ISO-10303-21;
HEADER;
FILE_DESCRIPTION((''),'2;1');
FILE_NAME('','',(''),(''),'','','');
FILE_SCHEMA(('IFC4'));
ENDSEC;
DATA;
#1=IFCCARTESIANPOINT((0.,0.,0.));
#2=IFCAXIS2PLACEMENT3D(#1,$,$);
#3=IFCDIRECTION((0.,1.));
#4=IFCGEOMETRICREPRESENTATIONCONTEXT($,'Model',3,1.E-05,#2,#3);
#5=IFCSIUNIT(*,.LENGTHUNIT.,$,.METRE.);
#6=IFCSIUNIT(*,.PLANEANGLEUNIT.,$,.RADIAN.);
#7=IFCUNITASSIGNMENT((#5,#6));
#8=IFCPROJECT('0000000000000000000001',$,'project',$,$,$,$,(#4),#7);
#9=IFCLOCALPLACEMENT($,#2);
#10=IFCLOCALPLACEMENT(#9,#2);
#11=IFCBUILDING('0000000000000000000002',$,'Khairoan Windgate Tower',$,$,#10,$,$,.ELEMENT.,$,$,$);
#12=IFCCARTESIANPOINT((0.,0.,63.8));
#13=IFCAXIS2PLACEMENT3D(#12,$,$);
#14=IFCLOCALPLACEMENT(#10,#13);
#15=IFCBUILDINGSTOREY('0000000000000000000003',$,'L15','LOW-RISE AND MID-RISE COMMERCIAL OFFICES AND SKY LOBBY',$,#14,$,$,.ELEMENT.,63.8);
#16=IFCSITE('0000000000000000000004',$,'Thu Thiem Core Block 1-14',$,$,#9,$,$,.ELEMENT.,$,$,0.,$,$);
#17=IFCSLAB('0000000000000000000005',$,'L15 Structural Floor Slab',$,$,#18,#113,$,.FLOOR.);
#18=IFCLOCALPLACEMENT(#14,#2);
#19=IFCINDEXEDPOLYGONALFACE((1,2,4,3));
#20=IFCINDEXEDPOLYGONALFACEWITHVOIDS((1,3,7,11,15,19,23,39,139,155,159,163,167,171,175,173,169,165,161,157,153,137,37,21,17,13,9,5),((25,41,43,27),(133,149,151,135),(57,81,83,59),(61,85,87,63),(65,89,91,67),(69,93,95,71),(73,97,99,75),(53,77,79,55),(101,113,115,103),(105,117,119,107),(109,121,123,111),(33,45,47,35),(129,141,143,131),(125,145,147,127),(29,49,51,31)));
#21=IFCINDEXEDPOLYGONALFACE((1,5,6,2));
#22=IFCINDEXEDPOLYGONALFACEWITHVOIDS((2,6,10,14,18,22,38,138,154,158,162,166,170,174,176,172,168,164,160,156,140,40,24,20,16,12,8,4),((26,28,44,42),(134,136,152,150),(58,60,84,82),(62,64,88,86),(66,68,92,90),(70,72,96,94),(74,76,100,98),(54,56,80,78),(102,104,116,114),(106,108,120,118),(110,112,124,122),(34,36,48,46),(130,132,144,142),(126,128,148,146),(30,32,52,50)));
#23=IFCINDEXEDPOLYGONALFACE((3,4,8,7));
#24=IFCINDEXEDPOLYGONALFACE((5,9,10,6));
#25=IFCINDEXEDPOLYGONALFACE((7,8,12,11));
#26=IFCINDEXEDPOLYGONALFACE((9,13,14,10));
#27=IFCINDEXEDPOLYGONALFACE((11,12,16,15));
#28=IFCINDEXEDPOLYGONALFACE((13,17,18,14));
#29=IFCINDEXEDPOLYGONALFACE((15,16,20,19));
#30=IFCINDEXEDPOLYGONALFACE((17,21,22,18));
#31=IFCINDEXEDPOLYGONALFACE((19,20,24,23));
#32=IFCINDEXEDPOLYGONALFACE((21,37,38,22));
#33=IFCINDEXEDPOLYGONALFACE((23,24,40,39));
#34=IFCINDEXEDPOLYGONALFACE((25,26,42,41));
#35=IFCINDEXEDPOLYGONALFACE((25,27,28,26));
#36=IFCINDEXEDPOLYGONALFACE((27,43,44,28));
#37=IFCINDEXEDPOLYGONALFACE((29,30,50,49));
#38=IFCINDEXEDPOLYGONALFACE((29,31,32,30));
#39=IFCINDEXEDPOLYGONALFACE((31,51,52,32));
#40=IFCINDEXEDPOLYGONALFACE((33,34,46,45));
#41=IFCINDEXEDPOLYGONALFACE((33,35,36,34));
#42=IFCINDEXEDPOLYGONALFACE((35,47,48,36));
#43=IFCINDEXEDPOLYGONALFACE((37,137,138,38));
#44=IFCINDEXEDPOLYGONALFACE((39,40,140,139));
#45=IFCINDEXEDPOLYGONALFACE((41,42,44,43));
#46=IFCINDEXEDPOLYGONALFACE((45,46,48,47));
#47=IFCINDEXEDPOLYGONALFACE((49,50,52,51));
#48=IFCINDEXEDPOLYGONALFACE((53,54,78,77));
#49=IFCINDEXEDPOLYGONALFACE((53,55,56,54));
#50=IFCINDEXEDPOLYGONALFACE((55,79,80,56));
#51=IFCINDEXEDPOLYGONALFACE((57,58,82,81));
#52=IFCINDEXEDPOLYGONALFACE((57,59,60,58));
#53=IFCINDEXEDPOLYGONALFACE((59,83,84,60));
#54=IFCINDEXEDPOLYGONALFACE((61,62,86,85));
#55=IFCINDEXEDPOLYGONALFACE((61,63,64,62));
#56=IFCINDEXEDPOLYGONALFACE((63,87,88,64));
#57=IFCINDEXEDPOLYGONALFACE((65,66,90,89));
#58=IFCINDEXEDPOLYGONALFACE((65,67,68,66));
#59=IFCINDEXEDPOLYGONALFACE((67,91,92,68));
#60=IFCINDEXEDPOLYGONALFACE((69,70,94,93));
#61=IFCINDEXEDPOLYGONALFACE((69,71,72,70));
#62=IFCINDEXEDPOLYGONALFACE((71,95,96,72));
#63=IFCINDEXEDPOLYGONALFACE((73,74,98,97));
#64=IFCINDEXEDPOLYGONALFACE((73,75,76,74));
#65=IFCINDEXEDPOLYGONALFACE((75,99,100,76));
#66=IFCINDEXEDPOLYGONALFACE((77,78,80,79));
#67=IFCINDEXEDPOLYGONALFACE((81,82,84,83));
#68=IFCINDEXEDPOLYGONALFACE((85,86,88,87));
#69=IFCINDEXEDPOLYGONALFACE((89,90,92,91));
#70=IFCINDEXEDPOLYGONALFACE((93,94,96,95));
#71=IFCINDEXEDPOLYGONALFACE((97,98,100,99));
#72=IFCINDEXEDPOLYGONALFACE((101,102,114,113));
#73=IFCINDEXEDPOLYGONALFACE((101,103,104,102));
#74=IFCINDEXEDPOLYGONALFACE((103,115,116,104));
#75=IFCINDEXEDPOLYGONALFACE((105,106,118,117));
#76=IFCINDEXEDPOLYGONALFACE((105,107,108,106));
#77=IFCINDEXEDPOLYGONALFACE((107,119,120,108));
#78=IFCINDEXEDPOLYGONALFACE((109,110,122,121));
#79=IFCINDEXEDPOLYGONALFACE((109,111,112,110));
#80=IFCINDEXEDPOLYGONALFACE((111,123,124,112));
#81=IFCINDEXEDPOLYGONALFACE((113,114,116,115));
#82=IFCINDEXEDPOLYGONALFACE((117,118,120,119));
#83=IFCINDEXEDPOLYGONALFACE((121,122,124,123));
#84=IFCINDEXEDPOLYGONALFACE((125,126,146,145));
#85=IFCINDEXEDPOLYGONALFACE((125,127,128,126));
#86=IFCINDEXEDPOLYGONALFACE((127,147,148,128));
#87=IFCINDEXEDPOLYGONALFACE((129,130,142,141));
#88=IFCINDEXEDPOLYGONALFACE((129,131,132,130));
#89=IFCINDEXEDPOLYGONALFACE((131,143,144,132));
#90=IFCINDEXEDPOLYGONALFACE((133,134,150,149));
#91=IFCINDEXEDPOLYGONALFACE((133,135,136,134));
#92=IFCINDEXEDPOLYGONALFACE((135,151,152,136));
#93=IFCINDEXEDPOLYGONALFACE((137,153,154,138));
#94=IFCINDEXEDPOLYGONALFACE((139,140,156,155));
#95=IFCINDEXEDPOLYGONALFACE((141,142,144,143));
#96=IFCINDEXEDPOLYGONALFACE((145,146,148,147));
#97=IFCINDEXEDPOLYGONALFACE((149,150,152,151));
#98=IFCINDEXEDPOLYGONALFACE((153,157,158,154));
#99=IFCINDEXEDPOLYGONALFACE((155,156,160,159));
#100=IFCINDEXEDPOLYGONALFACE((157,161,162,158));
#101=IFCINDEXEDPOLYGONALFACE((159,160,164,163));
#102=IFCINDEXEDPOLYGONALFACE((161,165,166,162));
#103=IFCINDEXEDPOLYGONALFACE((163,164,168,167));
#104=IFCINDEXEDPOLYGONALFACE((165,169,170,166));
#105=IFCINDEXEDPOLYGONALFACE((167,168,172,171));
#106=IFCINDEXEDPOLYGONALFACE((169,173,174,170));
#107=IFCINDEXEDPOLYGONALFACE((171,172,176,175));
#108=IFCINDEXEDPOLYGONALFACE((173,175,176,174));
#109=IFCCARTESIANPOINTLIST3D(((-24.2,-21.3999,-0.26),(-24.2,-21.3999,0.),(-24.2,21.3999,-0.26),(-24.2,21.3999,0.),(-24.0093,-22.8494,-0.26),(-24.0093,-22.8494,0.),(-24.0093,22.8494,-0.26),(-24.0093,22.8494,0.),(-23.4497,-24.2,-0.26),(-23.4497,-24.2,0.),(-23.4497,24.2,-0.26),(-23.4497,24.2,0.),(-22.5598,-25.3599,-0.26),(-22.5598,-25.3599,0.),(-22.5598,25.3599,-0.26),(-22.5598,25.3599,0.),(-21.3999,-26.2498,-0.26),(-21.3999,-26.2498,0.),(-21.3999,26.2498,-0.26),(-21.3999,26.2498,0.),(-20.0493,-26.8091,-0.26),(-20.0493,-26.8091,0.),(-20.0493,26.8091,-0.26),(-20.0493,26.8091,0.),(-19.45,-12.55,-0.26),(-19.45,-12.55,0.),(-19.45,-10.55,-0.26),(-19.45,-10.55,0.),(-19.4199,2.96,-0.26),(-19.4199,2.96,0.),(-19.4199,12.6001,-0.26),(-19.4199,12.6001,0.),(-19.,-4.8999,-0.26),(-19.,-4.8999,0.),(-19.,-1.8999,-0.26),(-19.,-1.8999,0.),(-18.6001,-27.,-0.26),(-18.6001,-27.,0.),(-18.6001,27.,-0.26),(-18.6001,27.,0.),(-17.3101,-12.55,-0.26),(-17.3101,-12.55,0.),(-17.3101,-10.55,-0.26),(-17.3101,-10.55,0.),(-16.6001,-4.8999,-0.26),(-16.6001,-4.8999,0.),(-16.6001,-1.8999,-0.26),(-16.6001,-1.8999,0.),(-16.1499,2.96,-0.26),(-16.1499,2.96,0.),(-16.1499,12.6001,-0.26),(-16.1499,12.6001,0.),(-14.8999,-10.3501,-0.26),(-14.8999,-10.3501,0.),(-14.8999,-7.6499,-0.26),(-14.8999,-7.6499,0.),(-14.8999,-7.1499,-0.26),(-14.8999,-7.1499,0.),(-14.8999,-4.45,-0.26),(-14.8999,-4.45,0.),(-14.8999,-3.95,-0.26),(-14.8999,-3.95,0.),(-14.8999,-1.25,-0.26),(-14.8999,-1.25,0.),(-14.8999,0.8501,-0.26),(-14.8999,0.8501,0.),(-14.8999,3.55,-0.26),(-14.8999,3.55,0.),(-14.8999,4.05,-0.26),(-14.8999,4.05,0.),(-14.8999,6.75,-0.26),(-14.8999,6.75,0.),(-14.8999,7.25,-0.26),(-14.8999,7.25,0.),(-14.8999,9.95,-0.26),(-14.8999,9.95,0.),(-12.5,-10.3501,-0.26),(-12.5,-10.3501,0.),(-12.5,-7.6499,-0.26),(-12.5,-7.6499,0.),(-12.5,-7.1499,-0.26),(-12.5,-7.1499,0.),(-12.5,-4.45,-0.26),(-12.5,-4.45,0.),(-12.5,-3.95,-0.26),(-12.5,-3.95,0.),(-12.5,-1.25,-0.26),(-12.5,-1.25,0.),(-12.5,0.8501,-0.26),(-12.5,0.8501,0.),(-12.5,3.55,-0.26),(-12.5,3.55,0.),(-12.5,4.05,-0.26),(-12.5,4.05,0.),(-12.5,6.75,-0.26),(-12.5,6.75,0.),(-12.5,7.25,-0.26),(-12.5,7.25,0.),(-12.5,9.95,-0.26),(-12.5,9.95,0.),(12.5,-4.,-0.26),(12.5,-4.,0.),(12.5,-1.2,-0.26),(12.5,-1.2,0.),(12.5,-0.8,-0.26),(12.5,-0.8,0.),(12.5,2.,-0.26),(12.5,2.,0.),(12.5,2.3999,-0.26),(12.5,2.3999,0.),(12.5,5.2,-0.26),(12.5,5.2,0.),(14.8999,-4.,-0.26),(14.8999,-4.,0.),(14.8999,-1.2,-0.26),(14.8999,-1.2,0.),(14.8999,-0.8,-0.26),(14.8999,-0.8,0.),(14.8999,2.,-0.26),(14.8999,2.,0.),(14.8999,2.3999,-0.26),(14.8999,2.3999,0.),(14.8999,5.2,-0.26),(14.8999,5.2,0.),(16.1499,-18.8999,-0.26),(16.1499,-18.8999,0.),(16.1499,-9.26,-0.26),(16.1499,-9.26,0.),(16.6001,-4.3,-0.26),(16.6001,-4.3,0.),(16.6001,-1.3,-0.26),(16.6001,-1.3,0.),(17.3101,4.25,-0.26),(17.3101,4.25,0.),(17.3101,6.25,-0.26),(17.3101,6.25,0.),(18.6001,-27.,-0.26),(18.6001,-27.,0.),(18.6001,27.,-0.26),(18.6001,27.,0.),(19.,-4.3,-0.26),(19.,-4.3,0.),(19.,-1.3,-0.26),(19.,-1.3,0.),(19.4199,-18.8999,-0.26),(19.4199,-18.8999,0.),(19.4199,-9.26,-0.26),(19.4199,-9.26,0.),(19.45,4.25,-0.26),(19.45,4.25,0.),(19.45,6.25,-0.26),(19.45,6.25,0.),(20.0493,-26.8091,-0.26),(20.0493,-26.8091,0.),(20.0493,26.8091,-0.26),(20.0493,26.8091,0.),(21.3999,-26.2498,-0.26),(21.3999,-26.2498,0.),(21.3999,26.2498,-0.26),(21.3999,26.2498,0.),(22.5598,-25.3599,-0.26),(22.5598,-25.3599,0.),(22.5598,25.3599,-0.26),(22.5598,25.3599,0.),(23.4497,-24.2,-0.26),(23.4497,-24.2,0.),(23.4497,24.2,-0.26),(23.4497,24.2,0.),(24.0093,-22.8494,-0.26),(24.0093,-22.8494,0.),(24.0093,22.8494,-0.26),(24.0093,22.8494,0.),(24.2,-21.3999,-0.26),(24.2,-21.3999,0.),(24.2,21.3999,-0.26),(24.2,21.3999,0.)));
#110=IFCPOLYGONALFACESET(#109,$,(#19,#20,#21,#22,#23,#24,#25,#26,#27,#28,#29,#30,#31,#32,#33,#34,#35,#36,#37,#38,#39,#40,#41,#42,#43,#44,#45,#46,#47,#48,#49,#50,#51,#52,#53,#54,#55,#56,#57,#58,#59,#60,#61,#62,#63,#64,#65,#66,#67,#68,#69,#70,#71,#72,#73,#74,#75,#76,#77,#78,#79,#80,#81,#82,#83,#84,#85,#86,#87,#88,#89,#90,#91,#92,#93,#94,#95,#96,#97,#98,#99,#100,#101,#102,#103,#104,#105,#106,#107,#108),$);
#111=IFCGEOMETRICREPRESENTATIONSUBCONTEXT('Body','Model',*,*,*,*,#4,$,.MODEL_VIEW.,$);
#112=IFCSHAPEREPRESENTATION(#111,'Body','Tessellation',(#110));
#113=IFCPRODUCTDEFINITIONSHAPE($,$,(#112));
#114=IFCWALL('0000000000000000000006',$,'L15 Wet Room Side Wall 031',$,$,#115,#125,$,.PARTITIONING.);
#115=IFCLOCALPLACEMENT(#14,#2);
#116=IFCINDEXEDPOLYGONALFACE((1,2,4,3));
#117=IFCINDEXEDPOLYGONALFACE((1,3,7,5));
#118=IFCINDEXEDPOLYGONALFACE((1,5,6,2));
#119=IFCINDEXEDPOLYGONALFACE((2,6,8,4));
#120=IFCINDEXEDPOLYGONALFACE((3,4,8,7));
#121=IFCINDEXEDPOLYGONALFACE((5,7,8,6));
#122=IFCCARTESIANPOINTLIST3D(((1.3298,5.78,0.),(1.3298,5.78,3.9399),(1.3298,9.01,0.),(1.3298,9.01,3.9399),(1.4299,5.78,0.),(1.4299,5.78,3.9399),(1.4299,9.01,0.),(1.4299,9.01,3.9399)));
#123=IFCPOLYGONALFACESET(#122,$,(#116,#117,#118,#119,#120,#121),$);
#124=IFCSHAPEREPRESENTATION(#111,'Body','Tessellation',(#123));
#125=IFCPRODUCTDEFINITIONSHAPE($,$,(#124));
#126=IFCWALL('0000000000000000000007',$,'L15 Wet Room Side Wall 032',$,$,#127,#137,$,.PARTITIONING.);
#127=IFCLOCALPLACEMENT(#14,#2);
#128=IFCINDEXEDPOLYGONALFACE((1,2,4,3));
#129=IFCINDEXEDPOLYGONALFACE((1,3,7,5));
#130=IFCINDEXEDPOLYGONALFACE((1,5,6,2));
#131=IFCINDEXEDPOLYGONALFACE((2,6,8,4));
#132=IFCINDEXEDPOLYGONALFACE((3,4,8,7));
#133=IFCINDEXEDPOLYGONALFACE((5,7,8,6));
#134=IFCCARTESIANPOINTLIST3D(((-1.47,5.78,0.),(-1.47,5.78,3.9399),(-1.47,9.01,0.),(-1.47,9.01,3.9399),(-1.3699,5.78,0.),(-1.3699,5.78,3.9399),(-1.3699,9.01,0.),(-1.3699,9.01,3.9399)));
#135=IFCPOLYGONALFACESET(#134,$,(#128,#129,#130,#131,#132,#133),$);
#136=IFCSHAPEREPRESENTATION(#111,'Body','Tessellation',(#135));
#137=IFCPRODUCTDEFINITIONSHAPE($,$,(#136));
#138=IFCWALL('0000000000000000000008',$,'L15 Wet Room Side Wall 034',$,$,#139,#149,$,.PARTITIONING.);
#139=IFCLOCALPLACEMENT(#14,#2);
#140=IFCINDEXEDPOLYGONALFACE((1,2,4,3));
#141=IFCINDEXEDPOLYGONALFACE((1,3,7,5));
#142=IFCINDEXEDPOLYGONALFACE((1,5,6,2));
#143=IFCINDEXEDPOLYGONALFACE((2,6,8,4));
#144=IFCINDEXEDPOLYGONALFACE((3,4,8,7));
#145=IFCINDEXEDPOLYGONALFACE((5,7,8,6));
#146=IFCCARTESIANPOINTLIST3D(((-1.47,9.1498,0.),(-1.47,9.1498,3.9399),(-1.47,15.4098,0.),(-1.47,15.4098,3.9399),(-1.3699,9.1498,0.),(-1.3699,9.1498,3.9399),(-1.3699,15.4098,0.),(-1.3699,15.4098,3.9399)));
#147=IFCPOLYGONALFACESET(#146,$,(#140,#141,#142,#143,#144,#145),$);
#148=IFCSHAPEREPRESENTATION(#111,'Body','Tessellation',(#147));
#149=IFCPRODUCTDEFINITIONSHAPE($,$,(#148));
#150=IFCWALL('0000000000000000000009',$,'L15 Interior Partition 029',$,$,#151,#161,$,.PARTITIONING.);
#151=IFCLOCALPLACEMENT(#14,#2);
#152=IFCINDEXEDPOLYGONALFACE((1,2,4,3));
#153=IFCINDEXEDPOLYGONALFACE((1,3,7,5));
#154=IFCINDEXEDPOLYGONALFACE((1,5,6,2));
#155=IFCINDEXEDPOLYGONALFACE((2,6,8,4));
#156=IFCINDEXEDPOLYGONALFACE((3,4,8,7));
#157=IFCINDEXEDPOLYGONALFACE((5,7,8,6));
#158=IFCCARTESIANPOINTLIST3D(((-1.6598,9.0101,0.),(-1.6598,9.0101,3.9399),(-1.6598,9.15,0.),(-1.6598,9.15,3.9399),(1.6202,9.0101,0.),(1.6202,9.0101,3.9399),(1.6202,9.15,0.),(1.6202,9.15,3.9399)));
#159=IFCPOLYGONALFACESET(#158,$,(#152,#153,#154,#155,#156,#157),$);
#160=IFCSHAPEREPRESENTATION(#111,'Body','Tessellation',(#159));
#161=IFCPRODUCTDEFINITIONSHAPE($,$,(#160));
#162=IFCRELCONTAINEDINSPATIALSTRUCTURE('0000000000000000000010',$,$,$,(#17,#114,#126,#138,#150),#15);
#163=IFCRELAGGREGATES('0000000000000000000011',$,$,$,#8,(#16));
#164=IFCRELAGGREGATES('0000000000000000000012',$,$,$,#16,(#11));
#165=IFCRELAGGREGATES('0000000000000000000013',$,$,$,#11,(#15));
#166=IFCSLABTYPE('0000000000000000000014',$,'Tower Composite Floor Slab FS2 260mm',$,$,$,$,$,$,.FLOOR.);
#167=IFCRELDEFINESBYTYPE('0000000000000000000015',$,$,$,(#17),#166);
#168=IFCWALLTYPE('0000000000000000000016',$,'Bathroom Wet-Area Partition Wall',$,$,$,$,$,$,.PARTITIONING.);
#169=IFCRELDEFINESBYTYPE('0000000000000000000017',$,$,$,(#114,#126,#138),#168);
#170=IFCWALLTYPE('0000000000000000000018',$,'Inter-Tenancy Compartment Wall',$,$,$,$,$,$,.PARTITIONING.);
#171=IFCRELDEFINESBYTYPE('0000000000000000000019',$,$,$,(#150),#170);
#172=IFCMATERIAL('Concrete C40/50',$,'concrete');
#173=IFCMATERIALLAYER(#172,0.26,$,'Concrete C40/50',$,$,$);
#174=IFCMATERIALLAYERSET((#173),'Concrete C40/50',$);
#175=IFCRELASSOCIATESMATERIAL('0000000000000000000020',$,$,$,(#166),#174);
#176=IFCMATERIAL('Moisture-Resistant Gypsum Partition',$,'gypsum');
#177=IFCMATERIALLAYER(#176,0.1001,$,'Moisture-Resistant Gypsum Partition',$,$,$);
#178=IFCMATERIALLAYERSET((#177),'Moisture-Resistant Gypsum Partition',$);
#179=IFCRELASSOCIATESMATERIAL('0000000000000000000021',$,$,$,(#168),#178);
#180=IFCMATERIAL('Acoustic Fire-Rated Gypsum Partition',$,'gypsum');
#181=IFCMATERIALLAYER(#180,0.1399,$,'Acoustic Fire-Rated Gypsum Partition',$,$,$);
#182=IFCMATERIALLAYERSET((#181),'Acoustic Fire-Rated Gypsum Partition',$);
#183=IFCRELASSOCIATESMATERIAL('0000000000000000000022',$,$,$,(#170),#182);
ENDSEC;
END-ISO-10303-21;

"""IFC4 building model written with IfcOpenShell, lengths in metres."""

from ifc_helpers import new_model, si_unit, direction, frame, frame_2d, origin, place, context, subcontext, project, spatial, polyline, rectangle, outline, extrude, material, layer, layer_set, type_object, element, save


model = new_model("IFC4")

# Units and contexts
model_context = context("Model", 3, precision=1e-05, world=origin(), true_north=direction((0.0, 1.0)))
body_context = subcontext(model_context, "Body", "Model", "MODEL_VIEW")
ifc_project = project(units=[si_unit("LENGTHUNIT", "METRE"), si_unit("PLANEANGLEUNIT", "RADIAN")], contexts=[model_context])

# Site, building, storey
site_placement = place(None, origin())
site = spatial("IfcSite", under=ifc_project, at=site_placement, Name="Thu Thiem Core Block 1-14", CompositionType="ELEMENT", RefElevation=0.0)
building_placement = place(site_placement, origin())
building = spatial("IfcBuilding", under=site, at=building_placement, Name="Khairoan Windgate Tower", CompositionType="ELEMENT")
storey_placement = place(building_placement, frame((0.0, 0.0, 63.8)))
storey = spatial("IfcBuildingStorey", under=building, at=storey_placement, Name="L15", Description="LOW-RISE AND MID-RISE COMMERCIAL OFFICES AND SKY LOBBY", CompositionType="ELEMENT", Elevation=63.8)

# Slab
ifc_material_1 = material(Name="Concrete C40/50", Category="concrete")
ifc_layer_1 = layer(ifc_material_1, 0.26, Name="Concrete C40/50")
ifc_layer_set_1 = layer_set([ifc_layer_1], Name="Concrete C40/50")
slab_type_1 = type_object("IfcSlabType", Name="Tower Composite Floor Slab FS2 260mm", PredefinedType="FLOOR", material=ifc_layer_set_1)
slab_1_placement = place(storey_placement, frame((0.0, 0.0, -0.26)))
element("IfcSlab", 1, at=slab_1_placement, inside=storey, type_object=slab_type_1, Name="L15 Structural Floor Slab", PredefinedType="FLOOR", context=body_context, shape_type="SweptSolid", body=[
    extrude(outline(polyline([(18.6001, -27.0), (20.0493, -26.8091), (21.3999, -26.2498), (22.5598, -25.3599), (23.4497, -24.2), (24.0093, -22.8494), (24.2, -21.3999), (24.2, 21.3999), (24.0093, 22.8494), (23.4497, 24.2), (22.5598, 25.3599), (21.3999, 26.2498), (20.0493, 26.8091), (18.6001, 27.0), (-18.6001, 27.0), (-20.0493, 26.8091), (-21.3999, 26.2498), (-22.5598, 25.3599), (-23.4497, 24.2), (-24.0093, 22.8494), (-24.2, 21.3999), (-24.2, -21.3999), (-24.0093, -22.8494), (-23.4497, -24.2), (-22.5598, -25.3599), (-21.3999, -26.2498), (-20.0493, -26.8091), (-18.6001, -27.0), (18.6001, -27.0)]), holes=[polyline([(16.1499, -9.26), (16.1499, -18.8999), (19.4199, -18.8999), (19.4199, -9.26), (16.1499, -9.26)]), polyline([(-16.1499, 2.96), (-16.1499, 12.6001), (-19.4199, 12.6001), (-19.4199, 2.96), (-16.1499, 2.96)]), polyline([(-14.8999, 7.25), (-12.5, 7.25), (-12.5, 9.95), (-14.8999, 9.95), (-14.8999, 7.25)]), polyline([(-14.8999, 4.05), (-12.5, 4.05), (-12.5, 6.75), (-14.8999, 6.75), (-14.8999, 4.05)]), polyline([(-14.8999, 0.8501), (-12.5, 0.8501), (-12.5, 3.55), (-14.8999, 3.55), (-14.8999, 0.8501)]), polyline([(-14.8999, -3.95), (-12.5, -3.95), (-12.5, -1.25), (-14.8999, -1.25), (-14.8999, -3.95)]), polyline([(-14.8999, -7.1499), (-12.5, -7.1499), (-12.5, -4.45), (-14.8999, -4.45), (-14.8999, -7.1499)]), polyline([(-14.8999, -10.3501), (-12.5, -10.3501), (-12.5, -7.6499), (-14.8999, -7.6499), (-14.8999, -10.3501)]), polyline([(12.5, 2.3999), (14.8999, 2.3999), (14.8999, 5.2), (12.5, 5.2), (12.5, 2.3999)]), polyline([(12.5, -0.8), (14.8999, -0.8), (14.8999, 2.0), (12.5, 2.0), (12.5, -0.8)]), polyline([(12.5, -4.0), (14.8999, -4.0), (14.8999, -1.2), (12.5, -1.2), (12.5, -4.0)]), polyline([(16.6001, -4.3), (19.0, -4.3), (19.0, -1.3), (16.6001, -1.3), (16.6001, -4.3)]), polyline([(-19.0, -4.8999), (-16.6001, -4.8999), (-16.6001, -1.8999), (-19.0, -1.8999), (-19.0, -4.8999)]), polyline([(-19.45, -12.55), (-17.3101, -12.55), (-17.3101, -10.55), (-19.45, -10.55), (-19.45, -12.55)]), polyline([(17.3101, 4.25), (19.45, 4.25), (19.45, 6.25), (17.3101, 6.25), (17.3101, 4.25)])]), origin(), (0.0, 0.0, 1.0), 0.26),
])

# Walls
ifc_material_2 = material(Name="Moisture-Resistant Gypsum Partition", Category="gypsum")
ifc_layer_2 = layer(ifc_material_2, 0.1001, Name="Moisture-Resistant Gypsum Partition")
ifc_layer_set_2 = layer_set([ifc_layer_2], Name="Moisture-Resistant Gypsum Partition")
wall_type_1 = type_object("IfcWallType", Name="Bathroom Wet-Area Partition Wall", PredefinedType="PARTITIONING", material=ifc_layer_set_2)
for number, where, z_axis, x_axis, name in (
    (2, (1.3799, 9.01, 0.0), (0.0, 0.0, 1.0), (0.0, -1.0, 0.0), "L15 Wet Room Side Wall 031"),
    (3, (-1.4199, 5.78, 0.0), (0.0, 0.0, 1.0), (0.0, 1.0, 0.0), "L15 Wet Room Side Wall 032"),
):
    element("IfcWall", number, at=place(storey_placement, frame(where, z_axis=z_axis, x_axis=x_axis)), inside=storey, type_object=wall_type_1, Name=name, PredefinedType="PARTITIONING", context=body_context, shape_type="SweptSolid", body=[
        extrude(rectangle(XDim=3.23, YDim=0.1001, at=frame_2d((1.615, 0.0))), origin(), (0.0, 0.0, 1.0), 3.9399),
    ])
wall_1_placement = place(storey_placement, frame((-1.4199, 9.1499, 0.0), z_axis=(0.0, 0.0, 1.0), x_axis=(0.0, 1.0, 0.0)))
element("IfcWall", 4, at=wall_1_placement, inside=storey, type_object=wall_type_1, Name="L15 Wet Room Side Wall 034", PredefinedType="PARTITIONING", context=body_context, shape_type="SweptSolid", body=[
    extrude(rectangle(XDim=6.26, YDim=0.1001, at=frame_2d((3.1299, 0.0))), origin(), (0.0, 0.0, 1.0), 3.9399),
])
ifc_material_3 = material(Name="Acoustic Fire-Rated Gypsum Partition", Category="gypsum")
ifc_layer_3 = layer(ifc_material_3, 0.1399, Name="Acoustic Fire-Rated Gypsum Partition")
ifc_layer_set_3 = layer_set([ifc_layer_3], Name="Acoustic Fire-Rated Gypsum Partition")
wall_type_2 = type_object("IfcWallType", Name="Inter-Tenancy Compartment Wall", PredefinedType="PARTITIONING", material=ifc_layer_set_3)
wall_2_placement = place(storey_placement, frame((-1.6599, 9.0801, 0.0), z_axis=(0.0, 0.0, 1.0), x_axis=(1.0, 0.0, 0.0)))
element("IfcWall", 5, at=wall_2_placement, inside=storey, type_object=wall_type_2, Name="L15 Interior Partition 029", PredefinedType="PARTITIONING", context=body_context, shape_type="SweptSolid", body=[
    extrude(rectangle(XDim=3.28, YDim=0.1399, at=frame_2d((1.6401, 0.0))), origin(), (0.0, 0.0, 1.0), 3.9399),
])

save(model, "model.ifc")
